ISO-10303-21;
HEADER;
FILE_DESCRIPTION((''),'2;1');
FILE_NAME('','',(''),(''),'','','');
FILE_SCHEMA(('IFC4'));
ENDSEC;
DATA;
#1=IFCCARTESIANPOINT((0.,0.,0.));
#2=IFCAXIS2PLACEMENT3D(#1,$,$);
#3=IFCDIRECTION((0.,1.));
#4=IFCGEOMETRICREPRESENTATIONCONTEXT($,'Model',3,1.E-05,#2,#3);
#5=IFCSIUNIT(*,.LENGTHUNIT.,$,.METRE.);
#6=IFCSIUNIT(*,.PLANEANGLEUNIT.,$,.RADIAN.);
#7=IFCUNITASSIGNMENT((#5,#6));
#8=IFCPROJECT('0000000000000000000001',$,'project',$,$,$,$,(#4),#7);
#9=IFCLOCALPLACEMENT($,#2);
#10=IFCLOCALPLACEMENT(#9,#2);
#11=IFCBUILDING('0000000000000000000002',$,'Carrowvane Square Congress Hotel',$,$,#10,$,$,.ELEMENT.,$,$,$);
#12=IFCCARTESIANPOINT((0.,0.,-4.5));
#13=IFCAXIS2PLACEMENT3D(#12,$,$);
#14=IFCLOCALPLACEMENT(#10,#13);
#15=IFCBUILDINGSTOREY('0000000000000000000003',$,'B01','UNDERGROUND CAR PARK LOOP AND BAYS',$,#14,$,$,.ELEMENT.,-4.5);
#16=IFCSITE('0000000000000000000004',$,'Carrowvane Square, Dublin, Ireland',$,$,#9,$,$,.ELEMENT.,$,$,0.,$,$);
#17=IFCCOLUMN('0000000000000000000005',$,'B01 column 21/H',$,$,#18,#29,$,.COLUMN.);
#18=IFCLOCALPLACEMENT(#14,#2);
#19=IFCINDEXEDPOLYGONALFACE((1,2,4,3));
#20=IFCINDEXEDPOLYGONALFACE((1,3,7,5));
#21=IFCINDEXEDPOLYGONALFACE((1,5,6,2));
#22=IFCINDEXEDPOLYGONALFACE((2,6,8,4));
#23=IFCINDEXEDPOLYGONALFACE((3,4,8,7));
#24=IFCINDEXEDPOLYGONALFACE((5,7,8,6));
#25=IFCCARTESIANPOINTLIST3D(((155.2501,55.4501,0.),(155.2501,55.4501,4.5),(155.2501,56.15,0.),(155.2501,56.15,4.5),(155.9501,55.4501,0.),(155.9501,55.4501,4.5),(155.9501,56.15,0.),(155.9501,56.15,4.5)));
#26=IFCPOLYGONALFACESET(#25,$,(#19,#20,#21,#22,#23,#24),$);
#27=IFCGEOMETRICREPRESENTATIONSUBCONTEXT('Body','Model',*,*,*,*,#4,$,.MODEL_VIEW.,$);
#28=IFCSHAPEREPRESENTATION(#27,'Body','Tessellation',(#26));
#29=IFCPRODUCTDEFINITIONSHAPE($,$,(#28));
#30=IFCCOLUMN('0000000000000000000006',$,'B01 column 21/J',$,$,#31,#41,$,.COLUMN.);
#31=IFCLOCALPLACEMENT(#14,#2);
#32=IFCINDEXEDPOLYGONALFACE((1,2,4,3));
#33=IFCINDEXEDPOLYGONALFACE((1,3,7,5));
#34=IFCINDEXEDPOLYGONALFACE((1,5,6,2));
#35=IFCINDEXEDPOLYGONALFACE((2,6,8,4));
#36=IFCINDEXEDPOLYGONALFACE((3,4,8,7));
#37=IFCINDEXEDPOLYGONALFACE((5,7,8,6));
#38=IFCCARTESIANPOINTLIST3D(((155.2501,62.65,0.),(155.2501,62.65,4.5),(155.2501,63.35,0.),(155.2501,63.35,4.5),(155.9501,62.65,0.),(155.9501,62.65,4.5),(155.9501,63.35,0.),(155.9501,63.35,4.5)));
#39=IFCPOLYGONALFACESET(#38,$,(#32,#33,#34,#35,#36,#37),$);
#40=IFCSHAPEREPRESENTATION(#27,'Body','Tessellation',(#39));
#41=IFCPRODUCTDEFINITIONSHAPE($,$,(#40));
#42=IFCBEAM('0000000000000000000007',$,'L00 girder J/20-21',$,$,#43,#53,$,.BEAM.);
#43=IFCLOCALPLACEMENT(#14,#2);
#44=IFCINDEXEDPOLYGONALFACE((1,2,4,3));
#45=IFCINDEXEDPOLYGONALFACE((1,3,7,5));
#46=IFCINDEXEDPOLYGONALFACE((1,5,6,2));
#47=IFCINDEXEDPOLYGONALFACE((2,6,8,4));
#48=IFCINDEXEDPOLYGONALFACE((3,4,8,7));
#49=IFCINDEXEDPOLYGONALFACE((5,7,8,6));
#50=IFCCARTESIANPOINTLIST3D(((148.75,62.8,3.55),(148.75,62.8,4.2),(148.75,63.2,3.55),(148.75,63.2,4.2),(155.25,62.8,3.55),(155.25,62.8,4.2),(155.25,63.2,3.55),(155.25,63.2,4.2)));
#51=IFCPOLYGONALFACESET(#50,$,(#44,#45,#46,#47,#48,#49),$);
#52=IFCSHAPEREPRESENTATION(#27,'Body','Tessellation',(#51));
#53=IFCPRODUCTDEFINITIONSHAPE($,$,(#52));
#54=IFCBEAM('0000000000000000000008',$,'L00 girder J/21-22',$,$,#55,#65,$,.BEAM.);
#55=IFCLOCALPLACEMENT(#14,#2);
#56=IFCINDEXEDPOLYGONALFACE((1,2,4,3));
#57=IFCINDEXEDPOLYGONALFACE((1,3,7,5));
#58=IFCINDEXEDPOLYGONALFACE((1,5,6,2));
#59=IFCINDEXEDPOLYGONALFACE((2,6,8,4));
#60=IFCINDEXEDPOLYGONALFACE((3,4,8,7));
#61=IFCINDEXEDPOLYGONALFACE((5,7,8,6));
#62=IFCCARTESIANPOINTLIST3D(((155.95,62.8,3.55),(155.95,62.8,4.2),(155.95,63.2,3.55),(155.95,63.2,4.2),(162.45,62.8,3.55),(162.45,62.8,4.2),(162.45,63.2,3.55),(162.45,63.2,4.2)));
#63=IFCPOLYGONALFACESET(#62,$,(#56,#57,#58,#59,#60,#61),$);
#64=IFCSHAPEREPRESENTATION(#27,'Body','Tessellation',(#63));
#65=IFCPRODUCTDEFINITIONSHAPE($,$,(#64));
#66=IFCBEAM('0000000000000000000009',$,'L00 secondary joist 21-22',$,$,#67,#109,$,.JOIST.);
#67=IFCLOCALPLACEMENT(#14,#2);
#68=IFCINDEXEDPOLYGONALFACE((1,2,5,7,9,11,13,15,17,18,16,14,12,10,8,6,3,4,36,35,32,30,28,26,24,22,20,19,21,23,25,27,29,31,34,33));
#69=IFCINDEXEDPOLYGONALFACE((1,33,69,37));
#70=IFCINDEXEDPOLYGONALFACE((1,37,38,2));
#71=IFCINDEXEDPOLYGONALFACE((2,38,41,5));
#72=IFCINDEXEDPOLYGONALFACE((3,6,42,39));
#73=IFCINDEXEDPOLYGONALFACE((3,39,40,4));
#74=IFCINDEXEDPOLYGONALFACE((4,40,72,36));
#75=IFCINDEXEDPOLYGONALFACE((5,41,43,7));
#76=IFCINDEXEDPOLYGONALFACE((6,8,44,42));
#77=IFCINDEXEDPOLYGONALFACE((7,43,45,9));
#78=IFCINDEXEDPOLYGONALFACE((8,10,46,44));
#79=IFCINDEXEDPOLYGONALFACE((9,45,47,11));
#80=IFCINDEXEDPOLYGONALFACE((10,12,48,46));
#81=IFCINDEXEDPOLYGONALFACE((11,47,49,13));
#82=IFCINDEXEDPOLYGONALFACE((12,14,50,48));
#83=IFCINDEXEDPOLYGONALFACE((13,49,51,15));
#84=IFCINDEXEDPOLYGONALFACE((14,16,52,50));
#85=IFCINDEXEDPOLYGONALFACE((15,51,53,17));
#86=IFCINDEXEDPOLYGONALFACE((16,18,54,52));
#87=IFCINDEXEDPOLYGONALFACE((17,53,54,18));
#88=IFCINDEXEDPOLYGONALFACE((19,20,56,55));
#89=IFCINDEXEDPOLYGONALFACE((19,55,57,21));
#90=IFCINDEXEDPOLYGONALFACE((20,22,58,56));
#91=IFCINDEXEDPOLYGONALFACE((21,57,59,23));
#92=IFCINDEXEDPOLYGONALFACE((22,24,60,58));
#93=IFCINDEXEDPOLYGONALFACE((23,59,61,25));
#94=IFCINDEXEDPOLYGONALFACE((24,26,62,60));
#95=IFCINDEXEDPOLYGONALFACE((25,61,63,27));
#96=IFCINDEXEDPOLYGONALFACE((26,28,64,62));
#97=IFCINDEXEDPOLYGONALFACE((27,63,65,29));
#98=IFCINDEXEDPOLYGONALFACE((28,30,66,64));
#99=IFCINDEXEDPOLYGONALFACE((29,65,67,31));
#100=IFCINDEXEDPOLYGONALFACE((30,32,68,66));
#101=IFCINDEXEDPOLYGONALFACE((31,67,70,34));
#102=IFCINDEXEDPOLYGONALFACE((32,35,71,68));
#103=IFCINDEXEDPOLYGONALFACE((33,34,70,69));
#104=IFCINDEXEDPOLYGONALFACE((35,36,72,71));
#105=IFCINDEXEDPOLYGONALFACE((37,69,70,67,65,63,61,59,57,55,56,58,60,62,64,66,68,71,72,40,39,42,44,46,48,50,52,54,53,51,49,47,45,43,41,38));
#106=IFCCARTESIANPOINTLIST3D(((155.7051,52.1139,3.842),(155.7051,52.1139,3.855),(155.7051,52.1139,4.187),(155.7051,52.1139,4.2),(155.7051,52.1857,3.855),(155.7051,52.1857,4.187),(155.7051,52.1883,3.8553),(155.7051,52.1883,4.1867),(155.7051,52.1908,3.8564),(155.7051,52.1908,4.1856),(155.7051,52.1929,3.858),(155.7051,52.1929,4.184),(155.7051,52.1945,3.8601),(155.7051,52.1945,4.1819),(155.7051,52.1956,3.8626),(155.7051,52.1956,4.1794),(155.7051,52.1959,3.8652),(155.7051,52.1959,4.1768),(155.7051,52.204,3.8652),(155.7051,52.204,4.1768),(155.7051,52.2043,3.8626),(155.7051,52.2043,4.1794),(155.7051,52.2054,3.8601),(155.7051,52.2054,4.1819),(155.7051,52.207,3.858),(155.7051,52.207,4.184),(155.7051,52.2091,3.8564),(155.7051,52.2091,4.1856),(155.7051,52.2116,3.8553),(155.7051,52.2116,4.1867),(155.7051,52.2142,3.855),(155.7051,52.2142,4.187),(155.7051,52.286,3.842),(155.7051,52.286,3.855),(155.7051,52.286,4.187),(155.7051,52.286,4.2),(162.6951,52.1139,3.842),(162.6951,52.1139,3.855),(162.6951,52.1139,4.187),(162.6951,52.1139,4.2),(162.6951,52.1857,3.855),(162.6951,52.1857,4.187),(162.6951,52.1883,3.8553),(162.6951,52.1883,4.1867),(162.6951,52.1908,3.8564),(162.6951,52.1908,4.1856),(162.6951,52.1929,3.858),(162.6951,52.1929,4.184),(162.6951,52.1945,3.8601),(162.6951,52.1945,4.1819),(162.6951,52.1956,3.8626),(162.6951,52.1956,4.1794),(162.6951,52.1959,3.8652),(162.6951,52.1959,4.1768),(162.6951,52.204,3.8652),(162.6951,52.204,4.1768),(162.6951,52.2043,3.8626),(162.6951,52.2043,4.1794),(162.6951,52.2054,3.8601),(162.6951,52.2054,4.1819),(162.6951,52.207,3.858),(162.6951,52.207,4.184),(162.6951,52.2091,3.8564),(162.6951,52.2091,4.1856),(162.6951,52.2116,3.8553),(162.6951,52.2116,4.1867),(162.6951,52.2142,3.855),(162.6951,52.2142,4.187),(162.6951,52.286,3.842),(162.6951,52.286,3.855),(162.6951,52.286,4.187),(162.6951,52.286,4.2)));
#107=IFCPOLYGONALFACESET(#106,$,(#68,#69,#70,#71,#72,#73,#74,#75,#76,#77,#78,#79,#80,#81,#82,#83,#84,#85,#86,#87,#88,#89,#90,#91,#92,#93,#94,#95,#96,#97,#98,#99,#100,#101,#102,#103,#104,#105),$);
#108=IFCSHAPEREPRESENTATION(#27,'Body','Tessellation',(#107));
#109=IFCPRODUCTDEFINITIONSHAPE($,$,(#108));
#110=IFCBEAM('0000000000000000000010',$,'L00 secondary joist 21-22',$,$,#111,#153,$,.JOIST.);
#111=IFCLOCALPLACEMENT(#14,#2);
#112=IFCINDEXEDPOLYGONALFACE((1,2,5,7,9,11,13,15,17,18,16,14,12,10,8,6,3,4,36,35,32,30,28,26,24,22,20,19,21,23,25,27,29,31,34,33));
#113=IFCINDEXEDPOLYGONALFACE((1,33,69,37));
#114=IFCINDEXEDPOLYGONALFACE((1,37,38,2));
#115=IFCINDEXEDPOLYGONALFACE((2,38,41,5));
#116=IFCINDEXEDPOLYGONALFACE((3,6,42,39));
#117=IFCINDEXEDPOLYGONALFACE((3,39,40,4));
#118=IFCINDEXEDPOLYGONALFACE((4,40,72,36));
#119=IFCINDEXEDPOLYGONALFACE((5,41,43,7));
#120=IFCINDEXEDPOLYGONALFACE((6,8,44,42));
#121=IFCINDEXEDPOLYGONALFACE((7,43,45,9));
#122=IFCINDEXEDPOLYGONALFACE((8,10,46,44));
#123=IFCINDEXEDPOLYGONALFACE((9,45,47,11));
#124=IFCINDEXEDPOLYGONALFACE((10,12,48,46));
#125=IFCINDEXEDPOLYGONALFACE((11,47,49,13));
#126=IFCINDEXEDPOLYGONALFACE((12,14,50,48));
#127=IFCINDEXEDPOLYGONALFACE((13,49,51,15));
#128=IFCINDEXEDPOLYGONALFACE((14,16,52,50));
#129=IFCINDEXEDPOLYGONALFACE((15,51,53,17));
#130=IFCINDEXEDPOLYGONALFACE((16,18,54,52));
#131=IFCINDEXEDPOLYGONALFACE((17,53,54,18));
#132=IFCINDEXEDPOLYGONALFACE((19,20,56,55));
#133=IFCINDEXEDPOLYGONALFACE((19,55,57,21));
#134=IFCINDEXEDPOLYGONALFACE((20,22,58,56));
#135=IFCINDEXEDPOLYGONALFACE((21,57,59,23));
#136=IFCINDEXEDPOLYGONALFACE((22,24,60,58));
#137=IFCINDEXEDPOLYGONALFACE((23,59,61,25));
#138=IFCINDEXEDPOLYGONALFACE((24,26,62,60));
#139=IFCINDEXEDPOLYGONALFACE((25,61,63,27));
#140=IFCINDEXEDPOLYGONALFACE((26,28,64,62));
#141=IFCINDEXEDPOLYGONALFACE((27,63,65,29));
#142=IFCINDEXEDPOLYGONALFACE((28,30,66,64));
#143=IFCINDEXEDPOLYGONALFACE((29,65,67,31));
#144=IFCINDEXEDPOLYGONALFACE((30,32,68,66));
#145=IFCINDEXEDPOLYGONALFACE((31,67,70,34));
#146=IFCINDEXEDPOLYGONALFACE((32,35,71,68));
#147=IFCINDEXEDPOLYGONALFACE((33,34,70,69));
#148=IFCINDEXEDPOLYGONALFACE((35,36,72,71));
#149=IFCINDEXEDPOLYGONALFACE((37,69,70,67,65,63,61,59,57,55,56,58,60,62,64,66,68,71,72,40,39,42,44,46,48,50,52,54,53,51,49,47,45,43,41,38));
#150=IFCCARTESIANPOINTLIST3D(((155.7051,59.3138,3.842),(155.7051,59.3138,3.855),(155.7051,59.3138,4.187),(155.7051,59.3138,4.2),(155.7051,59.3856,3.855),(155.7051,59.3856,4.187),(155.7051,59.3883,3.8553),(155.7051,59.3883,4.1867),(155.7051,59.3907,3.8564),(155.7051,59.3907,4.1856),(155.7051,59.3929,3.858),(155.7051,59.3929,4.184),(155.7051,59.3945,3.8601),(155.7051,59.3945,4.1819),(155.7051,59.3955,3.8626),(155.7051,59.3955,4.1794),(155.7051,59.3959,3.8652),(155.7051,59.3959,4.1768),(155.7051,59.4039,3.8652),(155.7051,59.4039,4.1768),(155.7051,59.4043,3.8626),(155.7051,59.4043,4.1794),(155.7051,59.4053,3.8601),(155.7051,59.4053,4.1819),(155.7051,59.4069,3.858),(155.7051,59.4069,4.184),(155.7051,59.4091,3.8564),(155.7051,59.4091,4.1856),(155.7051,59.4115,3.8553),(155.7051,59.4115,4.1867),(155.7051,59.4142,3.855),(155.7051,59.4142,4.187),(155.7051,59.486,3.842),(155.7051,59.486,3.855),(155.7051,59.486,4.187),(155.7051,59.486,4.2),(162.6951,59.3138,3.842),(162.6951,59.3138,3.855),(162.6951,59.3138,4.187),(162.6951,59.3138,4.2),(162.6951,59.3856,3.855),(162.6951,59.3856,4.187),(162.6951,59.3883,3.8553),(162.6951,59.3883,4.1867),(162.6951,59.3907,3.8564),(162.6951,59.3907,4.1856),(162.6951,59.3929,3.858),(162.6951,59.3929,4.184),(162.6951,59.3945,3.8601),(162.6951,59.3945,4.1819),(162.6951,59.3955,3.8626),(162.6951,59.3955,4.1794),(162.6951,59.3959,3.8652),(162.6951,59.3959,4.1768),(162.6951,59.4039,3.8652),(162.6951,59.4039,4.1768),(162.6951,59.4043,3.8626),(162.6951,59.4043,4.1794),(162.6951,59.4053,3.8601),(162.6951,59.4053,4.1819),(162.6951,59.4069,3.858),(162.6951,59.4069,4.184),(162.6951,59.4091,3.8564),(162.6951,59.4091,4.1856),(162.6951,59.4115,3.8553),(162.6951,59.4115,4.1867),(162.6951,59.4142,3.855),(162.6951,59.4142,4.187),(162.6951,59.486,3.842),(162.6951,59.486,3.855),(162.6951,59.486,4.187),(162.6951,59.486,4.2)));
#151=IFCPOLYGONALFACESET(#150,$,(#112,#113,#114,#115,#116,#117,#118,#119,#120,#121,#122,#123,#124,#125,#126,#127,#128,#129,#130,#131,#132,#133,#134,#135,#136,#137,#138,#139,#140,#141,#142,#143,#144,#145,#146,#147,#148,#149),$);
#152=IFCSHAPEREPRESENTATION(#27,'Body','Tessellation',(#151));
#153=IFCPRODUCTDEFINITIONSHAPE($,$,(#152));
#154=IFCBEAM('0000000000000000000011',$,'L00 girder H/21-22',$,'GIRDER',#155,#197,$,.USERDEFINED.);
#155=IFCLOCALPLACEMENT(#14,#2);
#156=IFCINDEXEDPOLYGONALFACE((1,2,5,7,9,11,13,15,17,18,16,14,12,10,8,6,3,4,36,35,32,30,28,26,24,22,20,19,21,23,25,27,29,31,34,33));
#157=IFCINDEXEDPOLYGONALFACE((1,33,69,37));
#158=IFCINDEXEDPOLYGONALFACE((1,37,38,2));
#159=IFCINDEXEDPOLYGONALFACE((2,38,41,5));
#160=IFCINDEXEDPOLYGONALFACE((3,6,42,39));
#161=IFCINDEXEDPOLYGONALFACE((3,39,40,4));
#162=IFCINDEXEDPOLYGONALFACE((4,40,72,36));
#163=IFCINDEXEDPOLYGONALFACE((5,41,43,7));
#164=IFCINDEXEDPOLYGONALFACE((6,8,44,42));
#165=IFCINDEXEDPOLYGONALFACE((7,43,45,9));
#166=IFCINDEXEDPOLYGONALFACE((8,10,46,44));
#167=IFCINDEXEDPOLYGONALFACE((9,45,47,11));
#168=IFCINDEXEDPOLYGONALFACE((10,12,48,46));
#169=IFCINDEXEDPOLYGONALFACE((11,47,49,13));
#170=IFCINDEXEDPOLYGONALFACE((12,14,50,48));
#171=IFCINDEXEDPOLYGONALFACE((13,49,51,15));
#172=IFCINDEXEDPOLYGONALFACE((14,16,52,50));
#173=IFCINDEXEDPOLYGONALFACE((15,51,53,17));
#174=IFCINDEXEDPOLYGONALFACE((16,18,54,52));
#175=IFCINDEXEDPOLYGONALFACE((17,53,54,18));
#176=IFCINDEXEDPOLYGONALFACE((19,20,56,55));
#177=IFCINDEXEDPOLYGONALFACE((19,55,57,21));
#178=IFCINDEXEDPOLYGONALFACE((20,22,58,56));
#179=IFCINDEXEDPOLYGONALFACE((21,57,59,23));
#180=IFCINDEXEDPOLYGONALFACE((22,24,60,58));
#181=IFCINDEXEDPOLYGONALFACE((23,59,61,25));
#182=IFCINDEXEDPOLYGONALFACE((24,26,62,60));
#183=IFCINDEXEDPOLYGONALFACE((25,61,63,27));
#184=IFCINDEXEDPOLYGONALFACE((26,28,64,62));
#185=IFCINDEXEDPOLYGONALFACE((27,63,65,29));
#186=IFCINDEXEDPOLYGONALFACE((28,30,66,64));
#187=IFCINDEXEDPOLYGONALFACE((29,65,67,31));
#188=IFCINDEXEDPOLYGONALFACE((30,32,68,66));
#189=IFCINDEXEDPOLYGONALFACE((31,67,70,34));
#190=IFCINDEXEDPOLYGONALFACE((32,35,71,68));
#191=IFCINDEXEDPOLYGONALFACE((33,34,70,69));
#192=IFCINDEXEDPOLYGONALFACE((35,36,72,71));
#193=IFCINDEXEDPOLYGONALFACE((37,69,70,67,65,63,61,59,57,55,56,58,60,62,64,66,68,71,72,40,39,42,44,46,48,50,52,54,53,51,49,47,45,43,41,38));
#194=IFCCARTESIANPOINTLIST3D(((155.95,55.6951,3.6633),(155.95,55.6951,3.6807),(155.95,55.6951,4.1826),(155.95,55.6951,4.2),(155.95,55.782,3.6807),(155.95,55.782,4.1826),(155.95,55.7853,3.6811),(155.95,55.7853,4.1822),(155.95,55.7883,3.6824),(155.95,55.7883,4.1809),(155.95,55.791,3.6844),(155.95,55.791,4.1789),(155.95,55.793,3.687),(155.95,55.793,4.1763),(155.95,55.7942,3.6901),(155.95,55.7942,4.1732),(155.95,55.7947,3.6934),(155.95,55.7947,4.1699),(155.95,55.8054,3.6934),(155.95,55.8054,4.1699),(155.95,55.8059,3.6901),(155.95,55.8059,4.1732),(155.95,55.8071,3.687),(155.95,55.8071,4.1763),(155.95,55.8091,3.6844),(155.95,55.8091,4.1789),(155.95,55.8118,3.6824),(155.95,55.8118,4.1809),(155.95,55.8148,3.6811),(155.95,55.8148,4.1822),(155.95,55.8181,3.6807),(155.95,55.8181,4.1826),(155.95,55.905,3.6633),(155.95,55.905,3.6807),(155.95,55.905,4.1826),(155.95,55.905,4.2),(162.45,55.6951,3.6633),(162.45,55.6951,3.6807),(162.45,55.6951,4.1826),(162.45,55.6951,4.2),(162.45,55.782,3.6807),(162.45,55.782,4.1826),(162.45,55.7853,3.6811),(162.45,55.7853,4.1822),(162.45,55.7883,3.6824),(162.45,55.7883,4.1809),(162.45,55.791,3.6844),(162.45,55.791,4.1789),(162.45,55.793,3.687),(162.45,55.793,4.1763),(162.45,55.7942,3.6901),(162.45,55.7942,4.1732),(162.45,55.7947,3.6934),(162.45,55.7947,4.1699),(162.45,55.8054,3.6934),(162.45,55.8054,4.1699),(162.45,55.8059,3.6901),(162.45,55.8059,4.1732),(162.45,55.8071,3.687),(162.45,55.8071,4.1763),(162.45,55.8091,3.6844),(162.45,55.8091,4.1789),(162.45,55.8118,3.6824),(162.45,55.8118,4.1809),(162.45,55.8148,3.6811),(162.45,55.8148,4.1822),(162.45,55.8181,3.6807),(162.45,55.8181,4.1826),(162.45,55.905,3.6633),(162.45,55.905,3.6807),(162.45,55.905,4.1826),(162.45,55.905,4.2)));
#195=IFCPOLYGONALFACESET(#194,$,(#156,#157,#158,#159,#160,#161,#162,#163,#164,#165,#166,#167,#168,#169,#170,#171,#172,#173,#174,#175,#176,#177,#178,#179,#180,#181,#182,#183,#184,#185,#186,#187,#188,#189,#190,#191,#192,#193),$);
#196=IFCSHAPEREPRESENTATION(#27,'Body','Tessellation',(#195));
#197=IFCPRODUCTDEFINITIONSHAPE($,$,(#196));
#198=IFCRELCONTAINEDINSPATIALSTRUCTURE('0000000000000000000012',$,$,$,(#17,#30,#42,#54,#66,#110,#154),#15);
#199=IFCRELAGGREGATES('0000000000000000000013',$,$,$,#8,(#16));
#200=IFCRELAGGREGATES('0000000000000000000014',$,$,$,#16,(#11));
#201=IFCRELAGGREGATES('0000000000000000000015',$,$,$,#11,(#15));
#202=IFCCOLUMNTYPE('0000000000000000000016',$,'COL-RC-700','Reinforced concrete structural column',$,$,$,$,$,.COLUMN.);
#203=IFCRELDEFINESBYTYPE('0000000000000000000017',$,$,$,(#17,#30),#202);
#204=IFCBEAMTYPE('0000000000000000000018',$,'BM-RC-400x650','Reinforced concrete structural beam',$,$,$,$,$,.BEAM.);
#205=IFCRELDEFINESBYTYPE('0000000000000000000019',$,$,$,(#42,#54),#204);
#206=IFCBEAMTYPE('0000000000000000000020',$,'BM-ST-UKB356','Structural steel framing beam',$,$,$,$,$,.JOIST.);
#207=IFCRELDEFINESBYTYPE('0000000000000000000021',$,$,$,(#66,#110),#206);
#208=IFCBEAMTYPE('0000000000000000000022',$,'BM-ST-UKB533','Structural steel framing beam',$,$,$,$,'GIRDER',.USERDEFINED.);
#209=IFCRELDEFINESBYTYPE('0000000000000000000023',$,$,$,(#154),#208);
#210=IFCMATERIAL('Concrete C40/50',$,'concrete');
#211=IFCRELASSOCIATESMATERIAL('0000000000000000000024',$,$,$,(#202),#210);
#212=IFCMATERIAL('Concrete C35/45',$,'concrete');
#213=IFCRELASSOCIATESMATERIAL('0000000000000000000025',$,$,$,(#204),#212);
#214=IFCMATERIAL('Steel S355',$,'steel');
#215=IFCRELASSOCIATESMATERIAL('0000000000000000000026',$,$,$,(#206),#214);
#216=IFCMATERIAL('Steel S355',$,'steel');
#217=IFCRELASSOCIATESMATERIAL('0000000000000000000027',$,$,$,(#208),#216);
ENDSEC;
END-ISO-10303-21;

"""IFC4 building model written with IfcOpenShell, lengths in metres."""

from ifc_helpers import new_model, si_unit, direction, frame, origin, origin_2d, place, context, subcontext, project, spatial, rectangle, i_section, extrude, material, material_profile, profile_set, type_object, element, save


model = new_model("IFC4")

# Units and contexts
model_context = context("Model", 3, precision=1e-05, world=origin(), true_north=direction((0.0, 1.0)))
body_context = subcontext(model_context, "Body", "Model", "MODEL_VIEW")
ifc_project = project(units=[si_unit("LENGTHUNIT", "METRE"), si_unit("PLANEANGLEUNIT", "RADIAN")], contexts=[model_context])

# Site, building, storey
site_placement = place(None, origin())
site = spatial("IfcSite", under=ifc_project, at=site_placement, Name="Carrowvane Square, Dublin, Ireland", CompositionType="ELEMENT", RefElevation=0.0)
building_placement = place(site_placement, origin())
building = spatial("IfcBuilding", under=site, at=building_placement, Name="Carrowvane Square Congress Hotel", CompositionType="ELEMENT")
storey_placement = place(building_placement, frame((0.0, 0.0, -4.5)))
storey = spatial("IfcBuildingStorey", under=building, at=storey_placement, Name="B01", Description="UNDERGROUND CAR PARK LOOP AND BAYS", CompositionType="ELEMENT", Elevation=-4.5)

# Columns
ifc_material_1 = material(Name="Concrete C40/50", Category="concrete")
ifc_material_profile_1 = material_profile(ifc_material_1, rectangle(XDim=0.7, YDim=0.7, at=origin_2d()), Name="RC 700x700")
ifc_profile_set_1 = profile_set([ifc_material_profile_1], Name="Concrete C40/50")
column_type = type_object("IfcColumnType", Name="COL-RC-700", Description="Reinforced concrete structural column", PredefinedType="COLUMN", material=ifc_profile_set_1)
for number, where, z_axis, x_axis, name in (
    (1, (155.6001, 55.8, 0.0), (0.0, 0.0, 1.0), (1.0, 0.0, 0.0), "B01 column 21/H"),
    (2, (155.6001, 63.0, 0.0), (0.0, 0.0, 1.0), (1.0, 0.0, 0.0), "B01 column 21/J"),
):
    element("IfcColumn", number, at=place(storey_placement, frame(where, z_axis=z_axis, x_axis=x_axis)), inside=storey, type_object=column_type, Name=name, PredefinedType="COLUMN", context=body_context, shape_type="SweptSolid", body=[
        extrude(rectangle(XDim=0.7, YDim=0.7, at=origin_2d()), origin(), (0.0, 0.0, 1.0), 4.5),
    ])

# Beams
ifc_material_2 = material(Name="Concrete C35/45", Category="concrete")
ifc_material_profile_2 = material_profile(ifc_material_2, rectangle(XDim=0.3999, YDim=0.6499, at=origin_2d()), Name="RC 400x650")
ifc_profile_set_2 = profile_set([ifc_material_profile_2], Name="Concrete C35/45")
beam_type_1 = type_object("IfcBeamType", Name="BM-RC-400x650", Description="Reinforced concrete structural beam", PredefinedType="BEAM", material=ifc_profile_set_2)
for number, where, z_axis, x_axis, name in (
    (3, (148.75, 63.0, 3.875), (1.0, 0.0, 0.0), (0.0, 1.0, 0.0), "L00 girder J/20-21"),
    (4, (155.95, 63.0, 3.875), (1.0, 0.0, 0.0), (0.0, 1.0, 0.0), "L00 girder J/21-22"),
):
    element("IfcBeam", number, at=place(storey_placement, frame(where, z_axis=z_axis, x_axis=x_axis)), inside=storey, type_object=beam_type_1, Name=name, PredefinedType="BEAM", context=body_context, shape_type="SweptSolid", body=[
        extrude(rectangle(XDim=0.3999, YDim=0.6499, at=origin_2d()), origin(), (0.0, 0.0, 1.0), 6.5),
    ])
ifc_material_3 = material(Name="Steel S355", Category="steel")
ifc_material_profile_3 = material_profile(ifc_material_3, i_section(OverallWidth=0.1721, OverallDepth=0.3579, WebThickness=0.0081, FlangeThickness=0.0129, FilletRadius=0.0103, at=origin_2d()), Name="UKB 356x171x57")
ifc_profile_set_3 = profile_set([ifc_material_profile_3], Name="Steel S355")
beam_type_2 = type_object("IfcBeamType", Name="BM-ST-UKB356", Description="Structural steel framing beam", PredefinedType="JOIST", material=ifc_profile_set_3)
for number, where, z_axis, x_axis, name in (
    (5, (155.7051, 52.2, 4.021), (1.0, 0.0, 0.0), (0.0, 1.0, 0.0), "L00 secondary joist 21-22"),
    (6, (155.7051, 59.3999, 4.021), (1.0, 0.0, 0.0), (0.0, 1.0, 0.0), "L00 secondary joist 21-22"),
):
    element("IfcBeam", number, at=place(storey_placement, frame(where, z_axis=z_axis, x_axis=x_axis)), inside=storey, type_object=beam_type_2, Name=name, PredefinedType="JOIST", context=body_context, shape_type="SweptSolid", body=[
        extrude(i_section(OverallWidth=0.1721, OverallDepth=0.3579, WebThickness=0.0081, FlangeThickness=0.0129, FilletRadius=0.0103, at=origin_2d()), origin(), (0.0, 0.0, 1.0), 6.99),
    ])
ifc_material_4 = material(Name="Steel S355", Category="steel")
ifc_material_profile_4 = material_profile(ifc_material_4, i_section(OverallWidth=0.21, OverallDepth=0.5366, WebThickness=0.0107, FlangeThickness=0.0173, FilletRadius=0.0127, at=origin_2d()), Name="UKB 533x210x101")
ifc_profile_set_4 = profile_set([ifc_material_profile_4], Name="Steel S355")
beam_type_3 = type_object("IfcBeamType", Name="BM-ST-UKB533", Description="Structural steel framing beam", ElementType="GIRDER", PredefinedType="USERDEFINED", material=ifc_profile_set_4)
for number, where, z_axis, x_axis, name in (
    (7, (155.95, 55.8, 3.9316), (1.0, 0.0, 0.0), (0.0, 1.0, 0.0), "L00 girder H/21-22"),
):
    element("IfcBeam", number, at=place(storey_placement, frame(where, z_axis=z_axis, x_axis=x_axis)), inside=storey, type_object=beam_type_3, Name=name, ObjectType="GIRDER", PredefinedType="USERDEFINED", context=body_context, shape_type="SweptSolid", body=[
        extrude(i_section(OverallWidth=0.21, OverallDepth=0.5366, WebThickness=0.0107, FlangeThickness=0.0173, FilletRadius=0.0127, at=origin_2d()), origin(), (0.0, 0.0, 1.0), 6.5),
    ])

save(model, "model.ifc")
